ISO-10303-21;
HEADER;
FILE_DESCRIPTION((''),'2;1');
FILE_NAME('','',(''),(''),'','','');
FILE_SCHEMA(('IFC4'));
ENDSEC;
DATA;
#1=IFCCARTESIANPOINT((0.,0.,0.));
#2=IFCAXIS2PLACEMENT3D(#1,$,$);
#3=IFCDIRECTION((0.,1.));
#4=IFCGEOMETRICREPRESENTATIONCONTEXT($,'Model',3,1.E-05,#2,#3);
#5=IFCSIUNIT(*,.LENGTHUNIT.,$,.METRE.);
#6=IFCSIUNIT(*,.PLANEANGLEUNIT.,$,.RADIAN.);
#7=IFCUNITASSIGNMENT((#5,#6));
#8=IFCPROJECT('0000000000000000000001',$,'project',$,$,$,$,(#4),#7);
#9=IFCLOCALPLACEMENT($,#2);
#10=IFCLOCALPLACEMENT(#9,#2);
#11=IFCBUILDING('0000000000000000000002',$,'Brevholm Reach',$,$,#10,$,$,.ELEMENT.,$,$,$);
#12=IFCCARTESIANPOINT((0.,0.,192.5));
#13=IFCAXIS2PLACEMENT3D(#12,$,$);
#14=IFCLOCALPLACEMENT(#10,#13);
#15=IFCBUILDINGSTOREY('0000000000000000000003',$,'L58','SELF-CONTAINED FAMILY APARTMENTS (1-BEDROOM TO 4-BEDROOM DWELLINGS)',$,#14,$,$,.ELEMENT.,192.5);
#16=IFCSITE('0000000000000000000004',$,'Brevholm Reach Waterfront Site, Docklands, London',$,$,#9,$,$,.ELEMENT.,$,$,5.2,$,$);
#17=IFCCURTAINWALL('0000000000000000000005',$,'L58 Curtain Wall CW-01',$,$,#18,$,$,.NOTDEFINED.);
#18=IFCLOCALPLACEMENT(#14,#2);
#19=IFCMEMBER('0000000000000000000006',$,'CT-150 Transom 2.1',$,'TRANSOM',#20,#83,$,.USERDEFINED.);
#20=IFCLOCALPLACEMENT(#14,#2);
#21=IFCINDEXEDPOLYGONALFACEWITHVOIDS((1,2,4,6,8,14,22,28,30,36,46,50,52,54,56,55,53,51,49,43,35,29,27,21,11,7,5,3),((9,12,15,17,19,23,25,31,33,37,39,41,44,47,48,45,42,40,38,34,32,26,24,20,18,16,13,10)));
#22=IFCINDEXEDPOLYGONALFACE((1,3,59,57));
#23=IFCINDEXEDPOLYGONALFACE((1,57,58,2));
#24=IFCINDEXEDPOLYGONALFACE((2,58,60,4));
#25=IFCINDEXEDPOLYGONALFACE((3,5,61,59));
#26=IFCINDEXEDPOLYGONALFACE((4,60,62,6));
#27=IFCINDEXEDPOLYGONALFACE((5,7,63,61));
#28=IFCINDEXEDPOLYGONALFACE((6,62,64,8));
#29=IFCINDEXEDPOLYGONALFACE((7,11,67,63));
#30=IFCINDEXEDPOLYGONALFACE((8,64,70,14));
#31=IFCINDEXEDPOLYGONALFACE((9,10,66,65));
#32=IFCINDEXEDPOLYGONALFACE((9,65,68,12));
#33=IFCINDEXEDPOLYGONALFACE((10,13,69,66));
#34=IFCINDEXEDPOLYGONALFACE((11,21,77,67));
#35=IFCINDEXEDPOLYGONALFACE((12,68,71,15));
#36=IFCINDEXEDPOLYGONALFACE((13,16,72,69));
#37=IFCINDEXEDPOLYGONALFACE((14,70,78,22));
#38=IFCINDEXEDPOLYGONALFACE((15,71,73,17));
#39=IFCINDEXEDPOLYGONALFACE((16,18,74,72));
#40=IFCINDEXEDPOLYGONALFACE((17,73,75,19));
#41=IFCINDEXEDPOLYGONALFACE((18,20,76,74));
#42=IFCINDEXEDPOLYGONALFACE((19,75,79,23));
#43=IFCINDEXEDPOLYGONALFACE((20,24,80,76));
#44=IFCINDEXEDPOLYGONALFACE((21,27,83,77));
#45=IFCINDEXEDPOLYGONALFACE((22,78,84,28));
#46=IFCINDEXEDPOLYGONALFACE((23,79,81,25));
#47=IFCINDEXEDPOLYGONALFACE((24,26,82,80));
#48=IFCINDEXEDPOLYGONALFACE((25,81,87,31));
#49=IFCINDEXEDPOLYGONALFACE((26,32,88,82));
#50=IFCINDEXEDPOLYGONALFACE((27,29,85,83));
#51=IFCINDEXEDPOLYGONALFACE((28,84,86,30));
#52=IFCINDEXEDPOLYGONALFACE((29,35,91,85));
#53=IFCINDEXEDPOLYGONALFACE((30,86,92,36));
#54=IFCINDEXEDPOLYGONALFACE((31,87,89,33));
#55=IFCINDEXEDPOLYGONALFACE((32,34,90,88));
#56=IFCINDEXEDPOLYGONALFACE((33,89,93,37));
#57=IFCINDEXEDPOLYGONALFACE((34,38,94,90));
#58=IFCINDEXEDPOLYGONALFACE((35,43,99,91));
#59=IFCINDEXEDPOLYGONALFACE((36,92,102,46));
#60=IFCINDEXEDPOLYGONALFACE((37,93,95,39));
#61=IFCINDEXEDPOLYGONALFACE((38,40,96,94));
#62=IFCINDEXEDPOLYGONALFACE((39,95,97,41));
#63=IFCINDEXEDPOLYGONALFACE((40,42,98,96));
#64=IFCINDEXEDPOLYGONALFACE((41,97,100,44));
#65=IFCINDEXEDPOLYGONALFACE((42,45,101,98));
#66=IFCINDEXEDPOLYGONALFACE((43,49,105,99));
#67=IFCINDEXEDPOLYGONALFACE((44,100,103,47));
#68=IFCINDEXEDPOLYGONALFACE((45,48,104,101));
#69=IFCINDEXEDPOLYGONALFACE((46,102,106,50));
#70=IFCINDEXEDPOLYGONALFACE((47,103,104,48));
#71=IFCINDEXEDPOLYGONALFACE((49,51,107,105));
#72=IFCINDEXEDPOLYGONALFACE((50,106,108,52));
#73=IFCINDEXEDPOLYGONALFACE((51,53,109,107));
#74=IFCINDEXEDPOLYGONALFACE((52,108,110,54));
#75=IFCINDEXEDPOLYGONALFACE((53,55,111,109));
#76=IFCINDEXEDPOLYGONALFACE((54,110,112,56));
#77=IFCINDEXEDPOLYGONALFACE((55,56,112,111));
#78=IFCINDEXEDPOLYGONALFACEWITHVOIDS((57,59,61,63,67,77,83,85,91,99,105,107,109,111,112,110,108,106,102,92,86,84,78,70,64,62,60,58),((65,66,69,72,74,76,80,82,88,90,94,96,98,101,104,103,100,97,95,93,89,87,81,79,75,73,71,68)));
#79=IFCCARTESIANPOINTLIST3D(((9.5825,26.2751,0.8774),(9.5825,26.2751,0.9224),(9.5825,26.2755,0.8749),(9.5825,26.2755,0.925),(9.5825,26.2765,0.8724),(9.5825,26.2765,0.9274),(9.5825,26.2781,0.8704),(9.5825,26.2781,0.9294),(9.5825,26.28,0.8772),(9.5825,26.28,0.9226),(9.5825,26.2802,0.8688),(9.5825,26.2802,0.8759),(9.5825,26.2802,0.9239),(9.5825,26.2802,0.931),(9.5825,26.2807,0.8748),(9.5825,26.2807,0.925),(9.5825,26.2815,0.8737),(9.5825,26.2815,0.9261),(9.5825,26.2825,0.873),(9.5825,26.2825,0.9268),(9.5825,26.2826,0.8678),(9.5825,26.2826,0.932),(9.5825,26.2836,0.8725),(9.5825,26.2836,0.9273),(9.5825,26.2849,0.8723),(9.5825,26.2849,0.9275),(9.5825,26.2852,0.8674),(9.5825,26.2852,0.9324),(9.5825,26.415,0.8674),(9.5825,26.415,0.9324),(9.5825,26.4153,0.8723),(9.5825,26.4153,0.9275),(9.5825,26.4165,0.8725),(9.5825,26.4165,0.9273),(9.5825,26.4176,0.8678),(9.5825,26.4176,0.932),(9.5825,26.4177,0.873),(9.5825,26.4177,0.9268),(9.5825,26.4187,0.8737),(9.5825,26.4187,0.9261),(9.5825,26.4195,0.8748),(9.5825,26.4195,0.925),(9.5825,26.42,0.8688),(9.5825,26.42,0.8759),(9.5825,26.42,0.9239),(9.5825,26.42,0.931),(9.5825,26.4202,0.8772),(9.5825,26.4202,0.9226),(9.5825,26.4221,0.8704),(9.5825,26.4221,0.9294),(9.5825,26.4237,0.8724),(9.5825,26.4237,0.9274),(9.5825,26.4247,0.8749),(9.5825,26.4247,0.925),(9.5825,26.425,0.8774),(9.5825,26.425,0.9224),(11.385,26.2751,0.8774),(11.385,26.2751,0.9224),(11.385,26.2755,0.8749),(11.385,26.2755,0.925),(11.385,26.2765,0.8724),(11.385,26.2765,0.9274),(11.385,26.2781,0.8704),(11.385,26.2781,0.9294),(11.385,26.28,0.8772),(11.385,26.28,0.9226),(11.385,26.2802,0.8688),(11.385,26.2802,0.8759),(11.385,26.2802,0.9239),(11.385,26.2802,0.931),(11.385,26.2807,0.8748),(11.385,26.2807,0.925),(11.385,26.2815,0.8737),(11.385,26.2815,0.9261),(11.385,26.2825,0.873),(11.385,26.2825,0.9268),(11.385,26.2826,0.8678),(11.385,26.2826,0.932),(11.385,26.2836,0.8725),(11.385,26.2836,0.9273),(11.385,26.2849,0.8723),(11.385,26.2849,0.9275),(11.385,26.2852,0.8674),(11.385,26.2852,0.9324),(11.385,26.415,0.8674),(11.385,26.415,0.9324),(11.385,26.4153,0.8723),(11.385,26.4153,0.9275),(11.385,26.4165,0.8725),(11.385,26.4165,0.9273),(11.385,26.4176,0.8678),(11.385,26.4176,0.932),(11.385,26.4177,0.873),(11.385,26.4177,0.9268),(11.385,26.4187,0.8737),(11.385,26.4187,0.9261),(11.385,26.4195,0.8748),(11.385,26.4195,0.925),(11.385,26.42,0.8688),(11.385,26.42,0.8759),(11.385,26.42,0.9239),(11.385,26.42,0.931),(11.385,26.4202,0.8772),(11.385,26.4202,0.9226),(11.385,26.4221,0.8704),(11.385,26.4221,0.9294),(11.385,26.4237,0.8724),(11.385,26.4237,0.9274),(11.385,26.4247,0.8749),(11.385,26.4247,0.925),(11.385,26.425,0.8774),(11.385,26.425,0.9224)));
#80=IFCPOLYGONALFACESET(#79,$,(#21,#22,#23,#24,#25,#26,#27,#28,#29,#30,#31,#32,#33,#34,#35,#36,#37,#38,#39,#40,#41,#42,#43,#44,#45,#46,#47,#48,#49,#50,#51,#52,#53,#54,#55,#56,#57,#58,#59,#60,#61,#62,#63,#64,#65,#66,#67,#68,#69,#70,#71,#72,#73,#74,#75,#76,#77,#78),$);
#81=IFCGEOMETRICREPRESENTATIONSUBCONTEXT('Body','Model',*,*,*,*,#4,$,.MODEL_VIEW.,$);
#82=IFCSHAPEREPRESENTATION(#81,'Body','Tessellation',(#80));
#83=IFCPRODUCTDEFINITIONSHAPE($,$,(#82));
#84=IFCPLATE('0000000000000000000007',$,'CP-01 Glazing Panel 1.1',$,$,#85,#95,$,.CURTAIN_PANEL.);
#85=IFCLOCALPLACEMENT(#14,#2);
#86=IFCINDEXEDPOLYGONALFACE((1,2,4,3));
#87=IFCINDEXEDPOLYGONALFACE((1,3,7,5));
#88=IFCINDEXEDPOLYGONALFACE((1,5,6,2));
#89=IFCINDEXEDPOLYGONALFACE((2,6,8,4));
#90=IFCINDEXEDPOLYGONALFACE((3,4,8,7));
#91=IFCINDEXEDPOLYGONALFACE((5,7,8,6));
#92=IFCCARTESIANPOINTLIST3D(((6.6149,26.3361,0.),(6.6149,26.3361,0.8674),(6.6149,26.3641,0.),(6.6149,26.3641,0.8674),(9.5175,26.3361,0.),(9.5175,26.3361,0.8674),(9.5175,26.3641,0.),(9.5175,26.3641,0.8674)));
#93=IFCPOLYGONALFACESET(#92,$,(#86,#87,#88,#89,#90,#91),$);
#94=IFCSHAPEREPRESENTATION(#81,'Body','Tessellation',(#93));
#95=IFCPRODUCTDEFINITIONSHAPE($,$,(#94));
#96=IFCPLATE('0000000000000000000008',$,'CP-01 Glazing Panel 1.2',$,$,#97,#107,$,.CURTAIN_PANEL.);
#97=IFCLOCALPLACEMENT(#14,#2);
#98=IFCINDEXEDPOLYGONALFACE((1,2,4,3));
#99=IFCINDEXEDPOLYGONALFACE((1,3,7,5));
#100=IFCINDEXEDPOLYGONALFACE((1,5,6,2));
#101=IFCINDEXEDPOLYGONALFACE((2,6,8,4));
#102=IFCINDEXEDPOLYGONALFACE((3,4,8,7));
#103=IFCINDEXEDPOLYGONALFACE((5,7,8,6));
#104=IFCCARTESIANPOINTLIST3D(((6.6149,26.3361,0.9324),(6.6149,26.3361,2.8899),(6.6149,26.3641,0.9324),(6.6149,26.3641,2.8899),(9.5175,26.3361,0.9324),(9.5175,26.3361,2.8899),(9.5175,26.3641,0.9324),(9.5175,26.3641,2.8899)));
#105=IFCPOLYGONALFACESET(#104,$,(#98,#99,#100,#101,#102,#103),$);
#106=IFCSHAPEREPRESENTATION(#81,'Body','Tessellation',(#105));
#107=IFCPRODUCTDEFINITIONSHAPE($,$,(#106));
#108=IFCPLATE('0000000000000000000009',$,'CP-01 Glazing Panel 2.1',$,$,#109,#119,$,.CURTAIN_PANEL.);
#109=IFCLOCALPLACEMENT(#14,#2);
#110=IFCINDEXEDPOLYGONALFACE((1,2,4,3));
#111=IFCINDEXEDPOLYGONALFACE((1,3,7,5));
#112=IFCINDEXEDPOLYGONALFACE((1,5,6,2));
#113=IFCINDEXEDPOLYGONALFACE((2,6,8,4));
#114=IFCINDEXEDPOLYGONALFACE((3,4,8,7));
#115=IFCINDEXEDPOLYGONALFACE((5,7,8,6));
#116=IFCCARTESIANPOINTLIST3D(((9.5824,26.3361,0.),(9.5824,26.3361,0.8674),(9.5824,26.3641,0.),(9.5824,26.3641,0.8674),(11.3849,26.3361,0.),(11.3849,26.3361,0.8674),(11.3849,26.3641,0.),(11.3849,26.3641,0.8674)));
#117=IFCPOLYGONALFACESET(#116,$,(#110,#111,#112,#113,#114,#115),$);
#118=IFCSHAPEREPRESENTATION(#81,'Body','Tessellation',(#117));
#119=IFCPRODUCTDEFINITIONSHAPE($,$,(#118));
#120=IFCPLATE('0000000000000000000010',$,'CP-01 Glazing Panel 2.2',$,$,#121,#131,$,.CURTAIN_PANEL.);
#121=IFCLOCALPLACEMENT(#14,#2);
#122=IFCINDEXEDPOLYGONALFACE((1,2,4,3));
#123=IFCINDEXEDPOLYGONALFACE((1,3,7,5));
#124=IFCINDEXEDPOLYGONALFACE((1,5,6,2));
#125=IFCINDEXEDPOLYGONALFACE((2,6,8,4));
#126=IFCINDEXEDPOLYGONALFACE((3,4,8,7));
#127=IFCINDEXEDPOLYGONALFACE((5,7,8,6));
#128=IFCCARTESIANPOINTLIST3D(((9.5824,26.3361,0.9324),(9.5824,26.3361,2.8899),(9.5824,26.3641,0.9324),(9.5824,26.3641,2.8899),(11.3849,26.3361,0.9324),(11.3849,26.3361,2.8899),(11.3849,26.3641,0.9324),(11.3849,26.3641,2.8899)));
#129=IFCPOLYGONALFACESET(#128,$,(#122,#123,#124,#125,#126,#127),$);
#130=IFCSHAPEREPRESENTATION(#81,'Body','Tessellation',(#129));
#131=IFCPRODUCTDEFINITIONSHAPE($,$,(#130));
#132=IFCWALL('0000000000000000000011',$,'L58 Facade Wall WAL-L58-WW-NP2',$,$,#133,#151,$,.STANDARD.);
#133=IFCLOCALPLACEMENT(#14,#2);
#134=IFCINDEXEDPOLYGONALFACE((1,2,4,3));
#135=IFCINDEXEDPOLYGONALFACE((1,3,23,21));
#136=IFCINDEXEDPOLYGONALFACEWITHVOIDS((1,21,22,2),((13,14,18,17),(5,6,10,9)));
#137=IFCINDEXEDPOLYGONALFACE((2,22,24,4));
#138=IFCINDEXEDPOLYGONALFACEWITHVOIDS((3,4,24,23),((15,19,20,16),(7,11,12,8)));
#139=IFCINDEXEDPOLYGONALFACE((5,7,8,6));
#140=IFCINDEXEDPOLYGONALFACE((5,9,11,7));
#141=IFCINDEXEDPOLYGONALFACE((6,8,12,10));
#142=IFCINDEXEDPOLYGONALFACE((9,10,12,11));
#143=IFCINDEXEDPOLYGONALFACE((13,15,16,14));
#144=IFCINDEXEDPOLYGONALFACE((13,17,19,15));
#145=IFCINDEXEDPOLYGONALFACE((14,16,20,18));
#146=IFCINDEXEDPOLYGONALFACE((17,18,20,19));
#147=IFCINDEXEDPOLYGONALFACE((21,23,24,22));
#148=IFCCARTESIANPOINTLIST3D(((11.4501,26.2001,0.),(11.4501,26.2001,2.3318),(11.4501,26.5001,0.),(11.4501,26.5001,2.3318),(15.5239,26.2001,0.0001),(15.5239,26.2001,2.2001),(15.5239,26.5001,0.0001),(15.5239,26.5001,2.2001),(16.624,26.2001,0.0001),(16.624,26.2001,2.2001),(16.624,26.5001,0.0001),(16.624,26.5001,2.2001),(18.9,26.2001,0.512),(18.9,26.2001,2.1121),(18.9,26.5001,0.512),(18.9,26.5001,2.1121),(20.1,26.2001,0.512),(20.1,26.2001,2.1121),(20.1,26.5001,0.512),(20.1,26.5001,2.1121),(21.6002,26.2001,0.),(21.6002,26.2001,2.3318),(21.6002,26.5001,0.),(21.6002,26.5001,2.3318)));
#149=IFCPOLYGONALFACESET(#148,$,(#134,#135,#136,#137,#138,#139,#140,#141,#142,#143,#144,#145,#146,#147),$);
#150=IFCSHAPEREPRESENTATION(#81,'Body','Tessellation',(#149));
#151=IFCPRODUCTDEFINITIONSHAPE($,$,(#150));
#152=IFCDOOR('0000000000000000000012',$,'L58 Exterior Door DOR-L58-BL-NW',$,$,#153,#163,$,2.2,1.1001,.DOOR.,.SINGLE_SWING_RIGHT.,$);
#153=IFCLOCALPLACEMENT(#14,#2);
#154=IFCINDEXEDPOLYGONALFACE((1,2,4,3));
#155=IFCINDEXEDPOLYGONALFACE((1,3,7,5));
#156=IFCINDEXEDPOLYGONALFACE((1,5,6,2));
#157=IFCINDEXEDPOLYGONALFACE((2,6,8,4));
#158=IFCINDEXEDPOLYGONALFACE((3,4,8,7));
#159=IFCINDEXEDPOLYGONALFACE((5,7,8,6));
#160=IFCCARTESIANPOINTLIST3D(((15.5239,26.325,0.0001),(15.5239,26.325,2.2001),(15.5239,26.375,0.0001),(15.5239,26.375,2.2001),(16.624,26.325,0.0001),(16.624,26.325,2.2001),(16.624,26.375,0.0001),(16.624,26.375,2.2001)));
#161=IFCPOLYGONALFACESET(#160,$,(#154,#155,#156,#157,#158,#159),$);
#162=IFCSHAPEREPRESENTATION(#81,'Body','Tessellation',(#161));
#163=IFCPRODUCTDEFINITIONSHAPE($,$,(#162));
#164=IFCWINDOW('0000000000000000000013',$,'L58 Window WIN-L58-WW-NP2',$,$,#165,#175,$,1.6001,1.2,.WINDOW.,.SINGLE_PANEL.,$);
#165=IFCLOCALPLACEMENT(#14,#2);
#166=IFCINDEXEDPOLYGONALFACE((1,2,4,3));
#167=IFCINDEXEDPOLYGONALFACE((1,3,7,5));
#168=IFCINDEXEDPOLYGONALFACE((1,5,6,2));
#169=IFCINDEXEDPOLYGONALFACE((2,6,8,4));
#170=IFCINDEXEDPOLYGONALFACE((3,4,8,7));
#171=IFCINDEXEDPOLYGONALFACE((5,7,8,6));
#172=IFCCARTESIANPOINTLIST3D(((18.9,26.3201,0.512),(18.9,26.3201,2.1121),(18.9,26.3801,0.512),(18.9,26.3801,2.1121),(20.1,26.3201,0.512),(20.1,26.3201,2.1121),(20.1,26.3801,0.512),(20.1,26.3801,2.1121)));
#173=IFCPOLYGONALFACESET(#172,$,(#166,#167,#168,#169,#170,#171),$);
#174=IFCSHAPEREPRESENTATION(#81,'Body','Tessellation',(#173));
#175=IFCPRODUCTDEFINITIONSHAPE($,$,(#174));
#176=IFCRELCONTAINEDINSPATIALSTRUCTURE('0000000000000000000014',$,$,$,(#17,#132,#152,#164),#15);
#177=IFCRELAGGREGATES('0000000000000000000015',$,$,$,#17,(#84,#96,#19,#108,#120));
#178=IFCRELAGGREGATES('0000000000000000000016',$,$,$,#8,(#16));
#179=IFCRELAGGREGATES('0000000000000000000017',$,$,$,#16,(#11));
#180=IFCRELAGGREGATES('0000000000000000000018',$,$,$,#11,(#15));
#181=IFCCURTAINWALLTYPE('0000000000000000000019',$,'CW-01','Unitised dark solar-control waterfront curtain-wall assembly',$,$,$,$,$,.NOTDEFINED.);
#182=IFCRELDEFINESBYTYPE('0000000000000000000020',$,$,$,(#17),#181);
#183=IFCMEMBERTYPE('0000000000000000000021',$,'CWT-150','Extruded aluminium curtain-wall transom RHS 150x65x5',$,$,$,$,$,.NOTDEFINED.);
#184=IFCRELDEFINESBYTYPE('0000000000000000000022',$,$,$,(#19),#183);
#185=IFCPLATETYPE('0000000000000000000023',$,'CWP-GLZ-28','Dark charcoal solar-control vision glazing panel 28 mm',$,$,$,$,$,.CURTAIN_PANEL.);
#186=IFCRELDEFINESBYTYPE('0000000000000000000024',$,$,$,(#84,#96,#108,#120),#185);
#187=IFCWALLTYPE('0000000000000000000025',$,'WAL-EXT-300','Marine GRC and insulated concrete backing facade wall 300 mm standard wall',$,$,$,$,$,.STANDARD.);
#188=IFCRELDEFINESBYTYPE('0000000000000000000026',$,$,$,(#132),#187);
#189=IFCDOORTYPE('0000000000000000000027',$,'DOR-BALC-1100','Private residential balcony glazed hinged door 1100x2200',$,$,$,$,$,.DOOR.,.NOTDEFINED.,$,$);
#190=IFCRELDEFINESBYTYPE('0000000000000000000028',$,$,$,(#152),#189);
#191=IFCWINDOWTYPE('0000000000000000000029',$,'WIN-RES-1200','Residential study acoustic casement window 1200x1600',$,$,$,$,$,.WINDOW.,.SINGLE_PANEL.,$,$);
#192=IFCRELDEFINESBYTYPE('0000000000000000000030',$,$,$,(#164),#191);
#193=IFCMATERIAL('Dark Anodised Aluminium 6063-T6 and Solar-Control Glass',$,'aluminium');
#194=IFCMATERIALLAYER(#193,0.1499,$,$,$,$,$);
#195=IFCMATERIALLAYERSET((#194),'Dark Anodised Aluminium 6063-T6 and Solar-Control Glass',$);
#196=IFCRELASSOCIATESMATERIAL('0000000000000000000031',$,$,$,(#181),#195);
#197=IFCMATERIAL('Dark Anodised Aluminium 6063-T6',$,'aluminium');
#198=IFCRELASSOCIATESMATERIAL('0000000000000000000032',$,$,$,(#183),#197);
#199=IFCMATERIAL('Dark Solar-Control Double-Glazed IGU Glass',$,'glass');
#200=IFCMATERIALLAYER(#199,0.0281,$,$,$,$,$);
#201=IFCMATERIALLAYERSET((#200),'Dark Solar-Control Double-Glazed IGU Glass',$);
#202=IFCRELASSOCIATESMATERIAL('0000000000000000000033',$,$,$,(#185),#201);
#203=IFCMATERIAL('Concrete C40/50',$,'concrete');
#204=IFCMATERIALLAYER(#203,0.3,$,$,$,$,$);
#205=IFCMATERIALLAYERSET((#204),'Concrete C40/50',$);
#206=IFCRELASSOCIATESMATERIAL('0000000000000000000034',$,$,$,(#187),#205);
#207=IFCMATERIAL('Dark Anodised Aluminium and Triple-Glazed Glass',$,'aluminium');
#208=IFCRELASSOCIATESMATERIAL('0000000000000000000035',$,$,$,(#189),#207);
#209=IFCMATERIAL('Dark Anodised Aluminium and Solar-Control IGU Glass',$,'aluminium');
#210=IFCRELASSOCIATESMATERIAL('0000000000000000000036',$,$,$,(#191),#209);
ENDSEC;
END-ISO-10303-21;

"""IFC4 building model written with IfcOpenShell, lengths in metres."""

from ifc_helpers import new_model, si_unit, direction, frame, frame_2d, origin, origin_2d, place, context, subcontext, project, spatial, rectangle, hollow_rectangle, extrude, material, layer, layer_set, material_profile, profile_set, type_object, element, fill, aggregate, save


model = new_model("IFC4")

# Units and contexts
model_context = context("Model", 3, precision=1e-05, world=origin(), true_north=direction((0.0, 1.0)))
body_context = subcontext(model_context, "Body", "Model", "MODEL_VIEW")
ifc_project = project(units=[si_unit("LENGTHUNIT", "METRE"), si_unit("PLANEANGLEUNIT", "RADIAN")], contexts=[model_context])

# Site, building, storey
site_placement = place(None, origin())
site = spatial("IfcSite", under=ifc_project, at=site_placement, Name="Brevholm Reach Waterfront Site, Docklands, London", CompositionType="ELEMENT", RefElevation=5.2)
building_placement = place(site_placement, origin())
building = spatial("IfcBuilding", under=site, at=building_placement, Name="Brevholm Reach", CompositionType="ELEMENT")
storey_placement = place(building_placement, frame((0.0, 0.0, 192.5)))
storey = spatial("IfcBuildingStorey", under=building, at=storey_placement, Name="L58", Description="SELF-CONTAINED FAMILY APARTMENTS (1-BEDROOM TO 4-BEDROOM DWELLINGS)", CompositionType="ELEMENT", Elevation=192.5)

# Curtain wall, member, plates
ifc_material_1 = material(Name="Dark Anodised Aluminium 6063-T6 and Solar-Control Glass", Category="aluminium")
ifc_layer_1 = layer(ifc_material_1, 0.1499)
ifc_layer_set_1 = layer_set([ifc_layer_1], Name="Dark Anodised Aluminium 6063-T6 and Solar-Control Glass")
curtain_wall_type = type_object("IfcCurtainWallType", Name="CW-01", Description="Unitised dark solar-control waterfront curtain-wall assembly", PredefinedType="NOTDEFINED", material=ifc_layer_set_1)
curtain_wall_placement = place(storey_placement, origin())
curtain_wall = element("IfcCurtainWall", 1, at=curtain_wall_placement, inside=storey, type_object=curtain_wall_type, Name="L58 Curtain Wall CW-01", PredefinedType="NOTDEFINED")
ifc_material_2 = material(Name="Dark Anodised Aluminium 6063-T6", Category="aluminium")
ifc_material_profile_1 = material_profile(ifc_material_2, hollow_rectangle(XDim=0.0649, YDim=0.1499, WallThickness=0.0049, InnerFilletRadius=0.0049, OuterFilletRadius=0.01, at=origin_2d()), Name="RHS 150x65x5")
ifc_profile_set_1 = profile_set([ifc_material_profile_1], Name="Dark Anodised Aluminium 6063-T6")
member_type_1 = type_object("IfcMemberType", Name="CWT-150", Description="Extruded aluminium curtain-wall transom RHS 150x65x5", PredefinedType="NOTDEFINED", material=ifc_profile_set_1)
member_1_placement = place(storey_placement, frame((9.5825, 26.3501, 0.8999), z_axis=(1.0, 0.0, 0.0), x_axis=(0.0, 0.0, 1.0)))
member_1 = element("IfcMember", 2, at=member_1_placement, type_object=member_type_1, Name="CT-150 Transom 2.1", ObjectType="TRANSOM", PredefinedType="USERDEFINED", context=body_context, shape_type="SweptSolid", body=[
    extrude(hollow_rectangle(XDim=0.0649, YDim=0.1499, WallThickness=0.0049, InnerFilletRadius=0.0049, OuterFilletRadius=0.01, at=origin_2d()), origin(), (0.0, 0.0, 1.0), 1.8025),
])
ifc_material_3 = material(Name="Dark Solar-Control Double-Glazed IGU Glass", Category="glass")
ifc_layer_2 = layer(ifc_material_3, 0.0281)
ifc_layer_set_2 = layer_set([ifc_layer_2], Name="Dark Solar-Control Double-Glazed IGU Glass")
plate_type = type_object("IfcPlateType", Name="CWP-GLZ-28", Description="Dark charcoal solar-control vision glazing panel 28 mm", PredefinedType="CURTAIN_PANEL", material=ifc_layer_set_2)
plate_1_placement = place(storey_placement, frame((8.0662, 26.3501, 0.0), z_axis=(0.0, 0.0, 1.0), x_axis=(1.0, 0.0, 0.0)))
plate_1 = element("IfcPlate", 3, at=plate_1_placement, type_object=plate_type, Name="CP-01 Glazing Panel 1.1", PredefinedType="CURTAIN_PANEL", context=body_context, shape_type="SweptSolid", body=[
    extrude(rectangle(XDim=2.9026, YDim=0.0281, at=origin_2d()), origin(), (0.0, 0.0, 1.0), 0.8674),
])
plate_2_placement = place(storey_placement, frame((8.0662, 26.3501, 0.9324), z_axis=(0.0, 0.0, 1.0), x_axis=(1.0, 0.0, 0.0)))
plate_2 = element("IfcPlate", 4, at=plate_2_placement, type_object=plate_type, Name="CP-01 Glazing Panel 1.2", PredefinedType="CURTAIN_PANEL", context=body_context, shape_type="SweptSolid", body=[
    extrude(rectangle(XDim=2.9026, YDim=0.0281, at=origin_2d()), origin(), (0.0, 0.0, 1.0), 1.9575),
])
plate_3_placement = place(storey_placement, frame((10.4836, 26.3501, 0.0), z_axis=(0.0, 0.0, 1.0), x_axis=(1.0, 0.0, 0.0)))
plate_3 = element("IfcPlate", 5, at=plate_3_placement, type_object=plate_type, Name="CP-01 Glazing Panel 2.1", PredefinedType="CURTAIN_PANEL", context=body_context, shape_type="SweptSolid", body=[
    extrude(rectangle(XDim=1.8025, YDim=0.0281, at=origin_2d()), origin(), (0.0, 0.0, 1.0), 0.8674),
])
plate_4_placement = place(storey_placement, frame((10.4836, 26.3501, 0.9324), z_axis=(0.0, 0.0, 1.0), x_axis=(1.0, 0.0, 0.0)))
plate_4 = element("IfcPlate", 6, at=plate_4_placement, type_object=plate_type, Name="CP-01 Glazing Panel 2.2", PredefinedType="CURTAIN_PANEL", context=body_context, shape_type="SweptSolid", body=[
    extrude(rectangle(XDim=1.8025, YDim=0.0281, at=origin_2d()), origin(), (0.0, 0.0, 1.0), 1.9575),
])
aggregate(curtain_wall, [plate_1, plate_2, member_1, plate_3, plate_4])

# Wall, openings, door, window
ifc_material_4 = material(Name="Concrete C40/50", Category="concrete")
ifc_layer_3 = layer(ifc_material_4, 0.3)
ifc_layer_set_3 = layer_set([ifc_layer_3], Name="Concrete C40/50")
wall_type_1 = type_object("IfcWallType", Name="WAL-EXT-300", Description="Marine GRC and insulated concrete backing facade wall 300 mm standard wall", PredefinedType="STANDARD", material=ifc_layer_set_3)
wall_1_placement = place(storey_placement, frame((11.45, 26.3501, 0.0), z_axis=(0.0, 0.0, 1.0), x_axis=(1.0, 0.0, 0.0)))
wall_1 = element("IfcWall", 7, at=wall_1_placement, inside=storey, type_object=wall_type_1, Name="L58 Facade Wall WAL-L58-WW-NP2", PredefinedType="STANDARD", context=body_context, shape_type="SweptSolid", body=[
    extrude(rectangle(XDim=10.1501, YDim=0.3, at=frame_2d((5.0752, 0.0))), origin(), (0.0, 0.0, 1.0), 2.3318),
])
opening_1_placement = place(wall_1_placement, frame((4.074, 0.0, 0.0)))
opening_1 = element("IfcOpeningElement", 8, at=opening_1_placement, cuts=wall_1, PredefinedType="OPENING", context=body_context, shape_type="SweptSolid", body=[
    extrude(rectangle(XDim=1.1001, YDim=2.2, at=frame_2d((0.55, 1.1001))), frame((0.0, 0.1599, 0.0), z_axis=(0.0, -1.0, 0.0), x_axis=(1.0, 0.0, 0.0)), (0.0, 0.0, 1.0), 0.3201),
])
opening_2_placement = place(wall_1_placement, frame((7.45, 0.0, 0.512)))
opening_2 = element("IfcOpeningElement", 9, at=opening_2_placement, cuts=wall_1, PredefinedType="OPENING", context=body_context, shape_type="SweptSolid", body=[
    extrude(rectangle(XDim=1.2, YDim=1.6001, at=frame_2d((0.6001, 0.8))), frame((0.0, 0.1599, 0.0), z_axis=(0.0, -1.0, 0.0), x_axis=(1.0, 0.0, 0.0)), (0.0, 0.0, 1.0), 0.3201),
])
ifc_material_5 = material(Name="Dark Anodised Aluminium and Triple-Glazed Glass", Category="aluminium")
door_type_1 = type_object("IfcDoorType", Name="DOR-BALC-1100", Description="Private residential balcony glazed hinged door 1100x2200", OperationType="NOTDEFINED", PredefinedType="DOOR", material=ifc_material_5)
door_1_placement = place(opening_1_placement, origin())
door_1 = element("IfcDoor", 10, at=door_1_placement, inside=storey, type_object=door_type_1, Name="L58 Exterior Door DOR-L58-BL-NW", OperationType="SINGLE_SWING_RIGHT", OverallHeight=2.2, OverallWidth=1.1001, PredefinedType="DOOR", context=body_context, shape_type="SweptSolid", body=[
    extrude(rectangle(XDim=1.1001, YDim=2.2, at=frame_2d((0.55, 1.1001))), frame((0.0, 0.0249, 0.0), z_axis=(0.0, -1.0, 0.0), x_axis=(1.0, 0.0, 0.0)), (0.0, 0.0, 1.0), 0.05),
])
fill(opening_1, door_1)
ifc_material_6 = material(Name="Dark Anodised Aluminium and Solar-Control IGU Glass", Category="aluminium")
window_type = type_object("IfcWindowType", Name="WIN-RES-1200", Description="Residential study acoustic casement window 1200x1600", PartitioningType="SINGLE_PANEL", PredefinedType="WINDOW", material=ifc_material_6)
window_placement = place(opening_2_placement, origin())
window = element("IfcWindow", 11, at=window_placement, inside=storey, type_object=window_type, Name="L58 Window WIN-L58-WW-NP2", OverallHeight=1.6001, OverallWidth=1.2, PartitioningType="SINGLE_PANEL", PredefinedType="WINDOW", context=body_context, shape_type="SweptSolid", body=[
    extrude(rectangle(XDim=1.2, YDim=1.6001, at=frame_2d((0.6001, 0.8))), frame((0.0, 0.03, 0.0), z_axis=(0.0, -1.0, 0.0), x_axis=(1.0, 0.0, 0.0)), (0.0, 0.0, 1.0), 0.0601),
])
fill(opening_2, window)

save(model, "model.ifc")
